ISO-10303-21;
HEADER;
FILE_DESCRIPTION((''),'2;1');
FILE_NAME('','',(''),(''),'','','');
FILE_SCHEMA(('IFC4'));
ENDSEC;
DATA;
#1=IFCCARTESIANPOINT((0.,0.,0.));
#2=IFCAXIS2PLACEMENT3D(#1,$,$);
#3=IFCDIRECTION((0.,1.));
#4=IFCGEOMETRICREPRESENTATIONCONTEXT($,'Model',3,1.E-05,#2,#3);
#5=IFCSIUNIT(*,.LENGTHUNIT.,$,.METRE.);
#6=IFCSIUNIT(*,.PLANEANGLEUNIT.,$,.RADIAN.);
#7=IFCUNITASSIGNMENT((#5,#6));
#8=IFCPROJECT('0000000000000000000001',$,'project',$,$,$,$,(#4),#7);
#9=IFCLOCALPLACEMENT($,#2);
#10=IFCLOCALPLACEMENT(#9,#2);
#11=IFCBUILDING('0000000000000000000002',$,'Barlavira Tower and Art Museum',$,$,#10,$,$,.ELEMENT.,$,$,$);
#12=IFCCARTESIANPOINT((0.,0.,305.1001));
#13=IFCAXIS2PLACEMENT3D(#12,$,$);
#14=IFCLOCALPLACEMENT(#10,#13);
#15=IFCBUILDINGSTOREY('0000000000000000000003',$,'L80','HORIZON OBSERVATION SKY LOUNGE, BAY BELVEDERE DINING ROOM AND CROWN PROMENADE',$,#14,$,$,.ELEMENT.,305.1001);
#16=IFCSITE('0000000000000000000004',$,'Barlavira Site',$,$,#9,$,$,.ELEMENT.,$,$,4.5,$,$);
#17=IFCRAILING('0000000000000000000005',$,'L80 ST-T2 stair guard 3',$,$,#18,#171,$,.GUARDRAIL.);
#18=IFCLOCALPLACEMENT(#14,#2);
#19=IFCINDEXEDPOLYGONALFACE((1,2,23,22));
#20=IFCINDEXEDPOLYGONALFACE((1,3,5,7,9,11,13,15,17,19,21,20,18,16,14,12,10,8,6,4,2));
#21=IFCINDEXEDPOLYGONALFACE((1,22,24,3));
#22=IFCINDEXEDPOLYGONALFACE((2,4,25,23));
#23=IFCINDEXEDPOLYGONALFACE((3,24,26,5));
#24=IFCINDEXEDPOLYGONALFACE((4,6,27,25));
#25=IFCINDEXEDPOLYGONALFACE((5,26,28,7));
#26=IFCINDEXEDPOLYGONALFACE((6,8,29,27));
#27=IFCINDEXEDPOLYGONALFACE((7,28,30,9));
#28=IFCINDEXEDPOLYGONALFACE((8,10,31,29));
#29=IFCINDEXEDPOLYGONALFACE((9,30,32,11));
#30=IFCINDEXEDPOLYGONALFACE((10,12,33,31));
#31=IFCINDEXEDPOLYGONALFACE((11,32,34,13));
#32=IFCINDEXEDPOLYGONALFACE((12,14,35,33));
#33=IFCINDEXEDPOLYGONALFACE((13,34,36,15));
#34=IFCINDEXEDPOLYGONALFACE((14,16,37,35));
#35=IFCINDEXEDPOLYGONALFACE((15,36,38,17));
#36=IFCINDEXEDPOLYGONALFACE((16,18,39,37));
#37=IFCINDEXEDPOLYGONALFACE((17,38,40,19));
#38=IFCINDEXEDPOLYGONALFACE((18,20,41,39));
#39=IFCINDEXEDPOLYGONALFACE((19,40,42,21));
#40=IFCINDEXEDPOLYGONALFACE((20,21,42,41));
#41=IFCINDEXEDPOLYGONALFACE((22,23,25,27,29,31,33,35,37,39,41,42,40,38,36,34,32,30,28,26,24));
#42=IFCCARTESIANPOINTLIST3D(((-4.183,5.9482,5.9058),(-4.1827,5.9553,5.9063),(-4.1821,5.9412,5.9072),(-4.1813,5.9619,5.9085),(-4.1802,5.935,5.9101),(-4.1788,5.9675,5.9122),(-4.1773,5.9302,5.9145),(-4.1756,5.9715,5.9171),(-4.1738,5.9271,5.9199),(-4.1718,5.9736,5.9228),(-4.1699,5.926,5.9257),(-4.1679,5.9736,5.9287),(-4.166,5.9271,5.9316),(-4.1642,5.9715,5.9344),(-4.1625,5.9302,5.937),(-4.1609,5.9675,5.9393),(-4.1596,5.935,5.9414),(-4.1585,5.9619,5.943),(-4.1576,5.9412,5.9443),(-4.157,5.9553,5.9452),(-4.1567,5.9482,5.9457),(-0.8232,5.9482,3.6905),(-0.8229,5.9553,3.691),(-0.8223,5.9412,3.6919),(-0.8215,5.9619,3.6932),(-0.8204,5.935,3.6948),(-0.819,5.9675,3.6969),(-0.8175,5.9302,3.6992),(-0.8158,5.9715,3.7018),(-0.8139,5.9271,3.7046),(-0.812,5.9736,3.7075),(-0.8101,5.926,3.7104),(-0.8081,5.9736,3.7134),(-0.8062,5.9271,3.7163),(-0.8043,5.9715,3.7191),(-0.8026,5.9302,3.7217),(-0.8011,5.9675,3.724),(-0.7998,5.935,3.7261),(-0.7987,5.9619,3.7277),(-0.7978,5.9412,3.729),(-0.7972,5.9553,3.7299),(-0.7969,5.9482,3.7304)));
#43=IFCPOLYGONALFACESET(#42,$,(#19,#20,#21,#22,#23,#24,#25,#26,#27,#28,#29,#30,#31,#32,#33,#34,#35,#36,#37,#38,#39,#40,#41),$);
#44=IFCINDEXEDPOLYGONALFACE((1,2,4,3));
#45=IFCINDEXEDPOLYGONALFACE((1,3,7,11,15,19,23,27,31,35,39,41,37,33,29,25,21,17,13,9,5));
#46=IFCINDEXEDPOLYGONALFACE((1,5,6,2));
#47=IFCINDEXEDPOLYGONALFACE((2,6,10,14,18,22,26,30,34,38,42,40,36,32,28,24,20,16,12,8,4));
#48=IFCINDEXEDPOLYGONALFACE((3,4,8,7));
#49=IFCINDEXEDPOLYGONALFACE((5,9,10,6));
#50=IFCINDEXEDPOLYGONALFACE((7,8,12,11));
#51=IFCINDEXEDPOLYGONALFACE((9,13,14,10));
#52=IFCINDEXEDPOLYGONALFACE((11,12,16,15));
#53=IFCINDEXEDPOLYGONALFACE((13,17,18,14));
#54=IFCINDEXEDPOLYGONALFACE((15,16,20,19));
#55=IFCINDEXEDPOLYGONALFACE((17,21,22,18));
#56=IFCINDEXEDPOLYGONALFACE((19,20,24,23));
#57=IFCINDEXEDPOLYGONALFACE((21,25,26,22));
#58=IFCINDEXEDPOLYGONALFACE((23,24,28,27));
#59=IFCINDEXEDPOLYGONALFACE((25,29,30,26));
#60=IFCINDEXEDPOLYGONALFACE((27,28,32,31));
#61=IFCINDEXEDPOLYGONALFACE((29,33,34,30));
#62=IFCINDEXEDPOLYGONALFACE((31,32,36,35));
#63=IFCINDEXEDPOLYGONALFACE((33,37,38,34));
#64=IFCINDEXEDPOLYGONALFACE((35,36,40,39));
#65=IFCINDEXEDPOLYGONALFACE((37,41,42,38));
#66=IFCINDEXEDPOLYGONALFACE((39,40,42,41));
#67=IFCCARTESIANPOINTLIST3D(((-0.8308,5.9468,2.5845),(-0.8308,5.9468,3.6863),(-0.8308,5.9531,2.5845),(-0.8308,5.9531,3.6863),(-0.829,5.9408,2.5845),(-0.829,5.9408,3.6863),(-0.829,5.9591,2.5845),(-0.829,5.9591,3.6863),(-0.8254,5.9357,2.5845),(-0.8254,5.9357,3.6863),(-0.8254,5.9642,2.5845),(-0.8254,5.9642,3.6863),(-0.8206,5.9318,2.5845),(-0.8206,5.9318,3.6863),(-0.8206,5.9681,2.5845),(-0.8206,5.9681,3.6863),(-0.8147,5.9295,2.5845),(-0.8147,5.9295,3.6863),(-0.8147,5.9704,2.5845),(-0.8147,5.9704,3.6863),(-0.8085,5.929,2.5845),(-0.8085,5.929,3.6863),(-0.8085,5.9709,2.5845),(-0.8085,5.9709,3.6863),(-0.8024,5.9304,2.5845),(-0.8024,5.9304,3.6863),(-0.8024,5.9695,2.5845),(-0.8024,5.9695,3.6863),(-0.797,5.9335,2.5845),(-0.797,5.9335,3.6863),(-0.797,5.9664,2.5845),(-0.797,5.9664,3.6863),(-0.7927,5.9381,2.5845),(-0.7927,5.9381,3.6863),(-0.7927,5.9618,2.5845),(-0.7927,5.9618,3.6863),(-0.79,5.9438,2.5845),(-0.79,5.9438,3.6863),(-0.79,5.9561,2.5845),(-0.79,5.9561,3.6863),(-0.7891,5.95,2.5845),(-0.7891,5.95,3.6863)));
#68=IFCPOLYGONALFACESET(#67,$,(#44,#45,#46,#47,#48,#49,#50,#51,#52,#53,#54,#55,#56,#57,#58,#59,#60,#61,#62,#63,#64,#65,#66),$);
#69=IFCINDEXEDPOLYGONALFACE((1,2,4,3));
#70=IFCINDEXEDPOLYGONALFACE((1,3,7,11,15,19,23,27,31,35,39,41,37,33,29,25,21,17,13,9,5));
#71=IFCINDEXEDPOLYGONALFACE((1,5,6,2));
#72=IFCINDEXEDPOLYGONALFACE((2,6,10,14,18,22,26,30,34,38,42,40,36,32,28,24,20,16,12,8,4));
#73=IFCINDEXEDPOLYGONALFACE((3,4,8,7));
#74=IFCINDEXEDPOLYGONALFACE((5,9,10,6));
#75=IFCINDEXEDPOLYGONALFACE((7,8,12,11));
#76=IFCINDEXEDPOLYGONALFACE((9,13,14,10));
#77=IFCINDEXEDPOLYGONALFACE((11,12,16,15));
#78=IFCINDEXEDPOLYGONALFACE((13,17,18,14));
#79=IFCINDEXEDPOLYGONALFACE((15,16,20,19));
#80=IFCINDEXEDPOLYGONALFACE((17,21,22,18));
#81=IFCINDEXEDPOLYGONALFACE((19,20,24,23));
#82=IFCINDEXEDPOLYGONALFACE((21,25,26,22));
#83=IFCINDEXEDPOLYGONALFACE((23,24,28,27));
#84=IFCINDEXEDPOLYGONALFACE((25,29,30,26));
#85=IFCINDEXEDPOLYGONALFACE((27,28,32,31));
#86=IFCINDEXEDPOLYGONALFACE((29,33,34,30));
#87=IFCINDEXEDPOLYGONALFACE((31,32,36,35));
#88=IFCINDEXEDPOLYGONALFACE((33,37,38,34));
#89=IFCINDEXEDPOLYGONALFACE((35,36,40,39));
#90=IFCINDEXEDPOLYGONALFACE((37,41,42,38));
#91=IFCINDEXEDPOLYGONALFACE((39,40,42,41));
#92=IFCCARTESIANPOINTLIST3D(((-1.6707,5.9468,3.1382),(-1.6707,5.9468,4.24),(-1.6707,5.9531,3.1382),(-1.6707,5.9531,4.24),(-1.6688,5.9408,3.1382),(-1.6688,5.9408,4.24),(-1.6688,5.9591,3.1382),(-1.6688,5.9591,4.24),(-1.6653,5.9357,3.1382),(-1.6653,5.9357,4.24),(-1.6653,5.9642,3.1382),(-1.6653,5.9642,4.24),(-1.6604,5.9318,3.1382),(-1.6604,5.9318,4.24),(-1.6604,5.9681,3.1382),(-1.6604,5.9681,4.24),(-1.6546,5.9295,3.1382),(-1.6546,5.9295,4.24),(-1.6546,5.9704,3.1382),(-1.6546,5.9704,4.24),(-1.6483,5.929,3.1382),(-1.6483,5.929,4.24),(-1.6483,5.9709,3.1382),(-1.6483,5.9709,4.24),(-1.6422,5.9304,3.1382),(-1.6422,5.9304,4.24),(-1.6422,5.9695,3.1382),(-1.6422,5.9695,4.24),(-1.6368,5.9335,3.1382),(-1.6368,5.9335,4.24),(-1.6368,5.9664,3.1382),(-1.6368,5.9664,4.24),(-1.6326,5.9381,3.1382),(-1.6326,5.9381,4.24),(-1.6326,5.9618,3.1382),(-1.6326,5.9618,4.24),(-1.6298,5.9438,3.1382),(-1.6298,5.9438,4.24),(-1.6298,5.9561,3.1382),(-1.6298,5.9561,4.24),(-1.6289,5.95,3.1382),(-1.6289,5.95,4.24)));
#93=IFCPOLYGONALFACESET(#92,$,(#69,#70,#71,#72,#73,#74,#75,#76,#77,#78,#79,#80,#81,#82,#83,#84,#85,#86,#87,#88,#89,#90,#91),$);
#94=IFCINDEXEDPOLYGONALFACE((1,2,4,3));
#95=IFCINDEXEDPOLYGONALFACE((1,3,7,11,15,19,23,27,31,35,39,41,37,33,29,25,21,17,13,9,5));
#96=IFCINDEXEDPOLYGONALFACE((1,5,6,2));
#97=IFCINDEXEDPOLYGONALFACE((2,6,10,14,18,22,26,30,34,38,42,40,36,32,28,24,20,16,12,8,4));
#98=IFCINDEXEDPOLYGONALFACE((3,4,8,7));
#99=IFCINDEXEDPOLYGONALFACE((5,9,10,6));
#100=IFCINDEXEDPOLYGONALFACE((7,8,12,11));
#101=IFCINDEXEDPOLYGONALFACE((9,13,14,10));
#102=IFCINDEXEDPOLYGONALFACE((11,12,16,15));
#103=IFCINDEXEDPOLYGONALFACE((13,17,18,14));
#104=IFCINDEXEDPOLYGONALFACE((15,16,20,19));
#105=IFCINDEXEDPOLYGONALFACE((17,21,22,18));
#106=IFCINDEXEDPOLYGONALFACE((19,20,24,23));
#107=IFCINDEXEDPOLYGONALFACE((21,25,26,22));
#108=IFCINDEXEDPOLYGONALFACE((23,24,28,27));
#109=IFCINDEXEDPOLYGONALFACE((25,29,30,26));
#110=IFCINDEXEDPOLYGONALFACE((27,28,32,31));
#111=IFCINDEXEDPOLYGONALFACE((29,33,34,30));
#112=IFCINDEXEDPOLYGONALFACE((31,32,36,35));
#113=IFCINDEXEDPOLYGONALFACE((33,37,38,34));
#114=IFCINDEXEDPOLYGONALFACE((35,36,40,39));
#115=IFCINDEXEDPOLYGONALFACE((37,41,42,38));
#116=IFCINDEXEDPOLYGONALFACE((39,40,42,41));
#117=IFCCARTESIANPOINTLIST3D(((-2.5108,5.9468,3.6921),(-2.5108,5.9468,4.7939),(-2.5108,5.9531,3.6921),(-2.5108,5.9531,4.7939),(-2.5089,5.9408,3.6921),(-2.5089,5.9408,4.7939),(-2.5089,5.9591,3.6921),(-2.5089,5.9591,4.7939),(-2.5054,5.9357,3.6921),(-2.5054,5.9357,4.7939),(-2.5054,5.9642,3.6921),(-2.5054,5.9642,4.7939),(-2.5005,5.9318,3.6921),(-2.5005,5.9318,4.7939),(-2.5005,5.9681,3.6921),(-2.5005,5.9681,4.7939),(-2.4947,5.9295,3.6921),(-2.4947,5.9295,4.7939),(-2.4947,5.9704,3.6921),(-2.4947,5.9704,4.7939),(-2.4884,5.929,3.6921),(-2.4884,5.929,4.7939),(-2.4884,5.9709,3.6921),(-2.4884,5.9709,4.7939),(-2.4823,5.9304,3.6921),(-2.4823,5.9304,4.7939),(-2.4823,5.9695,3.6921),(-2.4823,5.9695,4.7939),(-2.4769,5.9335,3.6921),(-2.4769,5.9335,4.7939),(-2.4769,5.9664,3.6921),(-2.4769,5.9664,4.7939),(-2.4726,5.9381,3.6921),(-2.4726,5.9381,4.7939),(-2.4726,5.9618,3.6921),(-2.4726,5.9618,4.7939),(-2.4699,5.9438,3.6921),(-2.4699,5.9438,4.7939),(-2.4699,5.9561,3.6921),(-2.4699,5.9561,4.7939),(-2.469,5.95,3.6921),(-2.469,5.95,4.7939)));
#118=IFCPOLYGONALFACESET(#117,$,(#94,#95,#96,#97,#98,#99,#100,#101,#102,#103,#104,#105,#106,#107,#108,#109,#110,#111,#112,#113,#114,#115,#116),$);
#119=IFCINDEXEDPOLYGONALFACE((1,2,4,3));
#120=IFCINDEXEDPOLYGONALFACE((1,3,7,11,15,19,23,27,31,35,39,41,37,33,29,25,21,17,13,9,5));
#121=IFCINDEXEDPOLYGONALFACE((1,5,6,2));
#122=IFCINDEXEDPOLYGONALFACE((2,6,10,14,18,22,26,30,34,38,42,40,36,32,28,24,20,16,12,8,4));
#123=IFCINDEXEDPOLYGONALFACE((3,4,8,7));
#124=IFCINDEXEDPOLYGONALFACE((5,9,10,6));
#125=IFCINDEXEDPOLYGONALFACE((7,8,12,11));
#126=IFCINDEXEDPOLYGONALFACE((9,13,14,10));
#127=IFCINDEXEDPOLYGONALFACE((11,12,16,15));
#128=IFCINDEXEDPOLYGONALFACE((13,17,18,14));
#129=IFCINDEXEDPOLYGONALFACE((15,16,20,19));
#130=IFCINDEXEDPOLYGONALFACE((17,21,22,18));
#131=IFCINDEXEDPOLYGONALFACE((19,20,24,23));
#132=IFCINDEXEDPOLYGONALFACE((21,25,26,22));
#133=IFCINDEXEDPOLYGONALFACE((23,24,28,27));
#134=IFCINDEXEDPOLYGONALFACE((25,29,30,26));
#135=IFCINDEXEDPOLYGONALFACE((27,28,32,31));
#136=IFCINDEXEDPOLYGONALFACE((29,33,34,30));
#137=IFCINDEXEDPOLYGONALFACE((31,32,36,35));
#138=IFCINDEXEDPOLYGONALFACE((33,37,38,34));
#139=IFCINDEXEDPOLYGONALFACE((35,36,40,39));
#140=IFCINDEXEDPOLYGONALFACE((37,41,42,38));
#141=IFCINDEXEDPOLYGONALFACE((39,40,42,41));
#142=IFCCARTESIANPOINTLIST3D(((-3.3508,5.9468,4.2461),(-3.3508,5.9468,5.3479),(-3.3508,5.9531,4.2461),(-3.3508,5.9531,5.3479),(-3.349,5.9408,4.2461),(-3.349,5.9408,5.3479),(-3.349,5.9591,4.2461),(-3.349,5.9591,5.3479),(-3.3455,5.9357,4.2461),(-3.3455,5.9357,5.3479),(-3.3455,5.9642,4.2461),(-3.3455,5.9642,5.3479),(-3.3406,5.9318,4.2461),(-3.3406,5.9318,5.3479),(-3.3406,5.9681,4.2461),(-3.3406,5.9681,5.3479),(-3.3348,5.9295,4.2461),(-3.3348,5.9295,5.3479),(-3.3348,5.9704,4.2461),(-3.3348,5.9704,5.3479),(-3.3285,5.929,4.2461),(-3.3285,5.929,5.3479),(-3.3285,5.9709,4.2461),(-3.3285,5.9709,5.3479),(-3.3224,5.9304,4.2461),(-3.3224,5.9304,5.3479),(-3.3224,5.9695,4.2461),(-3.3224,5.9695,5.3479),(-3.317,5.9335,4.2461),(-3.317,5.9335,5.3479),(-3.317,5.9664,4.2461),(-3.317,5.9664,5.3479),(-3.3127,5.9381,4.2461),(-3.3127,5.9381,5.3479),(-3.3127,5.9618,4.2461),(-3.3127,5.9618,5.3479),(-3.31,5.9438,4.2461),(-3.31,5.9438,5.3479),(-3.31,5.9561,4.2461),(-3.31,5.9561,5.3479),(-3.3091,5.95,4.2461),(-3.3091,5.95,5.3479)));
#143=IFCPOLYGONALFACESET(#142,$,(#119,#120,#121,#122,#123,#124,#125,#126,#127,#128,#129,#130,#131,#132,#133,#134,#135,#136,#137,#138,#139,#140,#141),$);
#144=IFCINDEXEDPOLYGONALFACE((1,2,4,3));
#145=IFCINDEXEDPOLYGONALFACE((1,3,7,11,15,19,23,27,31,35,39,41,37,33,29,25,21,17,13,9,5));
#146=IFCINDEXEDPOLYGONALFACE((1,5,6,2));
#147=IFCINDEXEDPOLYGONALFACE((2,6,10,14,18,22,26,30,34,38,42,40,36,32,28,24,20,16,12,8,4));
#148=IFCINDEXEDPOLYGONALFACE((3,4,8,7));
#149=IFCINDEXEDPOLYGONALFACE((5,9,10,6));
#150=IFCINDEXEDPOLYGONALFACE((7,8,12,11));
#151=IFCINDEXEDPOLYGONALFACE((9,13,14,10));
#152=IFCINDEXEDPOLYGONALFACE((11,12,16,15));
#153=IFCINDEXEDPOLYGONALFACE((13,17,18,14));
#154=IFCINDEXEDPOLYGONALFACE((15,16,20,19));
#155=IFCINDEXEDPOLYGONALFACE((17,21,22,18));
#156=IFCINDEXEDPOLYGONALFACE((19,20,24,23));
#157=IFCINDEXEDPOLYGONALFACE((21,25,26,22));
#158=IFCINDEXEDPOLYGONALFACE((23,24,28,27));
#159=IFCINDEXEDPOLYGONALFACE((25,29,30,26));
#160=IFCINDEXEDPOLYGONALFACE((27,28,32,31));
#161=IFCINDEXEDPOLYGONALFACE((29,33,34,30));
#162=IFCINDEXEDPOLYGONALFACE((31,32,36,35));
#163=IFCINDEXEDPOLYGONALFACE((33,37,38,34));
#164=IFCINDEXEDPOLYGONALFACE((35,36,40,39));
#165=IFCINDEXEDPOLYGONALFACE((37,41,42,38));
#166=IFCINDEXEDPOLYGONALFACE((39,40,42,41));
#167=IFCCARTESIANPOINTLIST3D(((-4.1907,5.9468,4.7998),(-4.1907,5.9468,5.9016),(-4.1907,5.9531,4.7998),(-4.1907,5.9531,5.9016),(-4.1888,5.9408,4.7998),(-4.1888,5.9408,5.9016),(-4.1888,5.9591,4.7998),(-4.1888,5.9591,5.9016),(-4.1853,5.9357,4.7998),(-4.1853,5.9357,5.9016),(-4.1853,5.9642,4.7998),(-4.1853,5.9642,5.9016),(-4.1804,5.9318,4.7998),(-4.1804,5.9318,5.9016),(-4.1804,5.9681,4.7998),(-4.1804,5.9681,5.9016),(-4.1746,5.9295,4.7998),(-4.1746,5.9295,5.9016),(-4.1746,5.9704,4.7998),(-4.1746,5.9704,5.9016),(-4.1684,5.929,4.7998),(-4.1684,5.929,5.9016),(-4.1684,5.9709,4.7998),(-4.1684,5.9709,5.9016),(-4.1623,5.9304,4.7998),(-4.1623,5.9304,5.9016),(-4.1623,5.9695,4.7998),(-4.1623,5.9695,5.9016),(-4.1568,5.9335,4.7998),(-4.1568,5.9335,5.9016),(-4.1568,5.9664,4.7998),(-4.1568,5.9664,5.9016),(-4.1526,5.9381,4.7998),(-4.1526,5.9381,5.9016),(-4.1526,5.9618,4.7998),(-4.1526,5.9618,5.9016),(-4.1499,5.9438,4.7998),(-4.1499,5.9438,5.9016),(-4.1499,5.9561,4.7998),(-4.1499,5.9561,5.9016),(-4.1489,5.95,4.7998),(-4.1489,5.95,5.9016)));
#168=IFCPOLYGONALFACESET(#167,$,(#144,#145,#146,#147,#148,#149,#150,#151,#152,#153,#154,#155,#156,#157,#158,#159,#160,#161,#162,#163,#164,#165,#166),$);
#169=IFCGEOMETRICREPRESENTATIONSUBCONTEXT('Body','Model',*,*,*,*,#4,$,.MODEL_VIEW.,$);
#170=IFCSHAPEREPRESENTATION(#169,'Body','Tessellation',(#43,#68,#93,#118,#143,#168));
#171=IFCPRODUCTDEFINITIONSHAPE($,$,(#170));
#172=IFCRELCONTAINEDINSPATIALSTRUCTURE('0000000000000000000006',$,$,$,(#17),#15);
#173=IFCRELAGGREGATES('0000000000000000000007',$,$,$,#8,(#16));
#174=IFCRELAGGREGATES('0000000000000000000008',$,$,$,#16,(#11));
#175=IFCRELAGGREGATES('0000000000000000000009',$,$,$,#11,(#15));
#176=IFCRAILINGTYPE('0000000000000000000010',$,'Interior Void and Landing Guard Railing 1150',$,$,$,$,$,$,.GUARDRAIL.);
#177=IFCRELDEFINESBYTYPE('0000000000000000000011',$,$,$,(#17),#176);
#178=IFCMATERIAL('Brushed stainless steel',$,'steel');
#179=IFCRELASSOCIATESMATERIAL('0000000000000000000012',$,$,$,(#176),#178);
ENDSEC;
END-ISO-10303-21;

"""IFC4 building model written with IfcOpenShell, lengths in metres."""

from ifc_helpers import new_model, si_unit, direction, frame, origin, origin_2d, place, context, subcontext, project, spatial, circle, extrude, material, type_object, element, save


model = new_model("IFC4")

# Units and contexts
model_context = context("Model", 3, precision=1e-05, world=origin(), true_north=direction((0.0, 1.0)))
body_context = subcontext(model_context, "Body", "Model", "MODEL_VIEW")
ifc_project = project(units=[si_unit("LENGTHUNIT", "METRE"), si_unit("PLANEANGLEUNIT", "RADIAN")], contexts=[model_context])

# Site, building, storey
site_placement = place(None, origin())
site = spatial("IfcSite", under=ifc_project, at=site_placement, Name="Barlavira Site", CompositionType="ELEMENT", RefElevation=4.5)
building_placement = place(site_placement, origin())
building = spatial("IfcBuilding", under=site, at=building_placement, Name="Barlavira Tower and Art Museum", CompositionType="ELEMENT")
storey_placement = place(building_placement, frame((0.0, 0.0, 305.1001)))
storey = spatial("IfcBuildingStorey", under=building, at=storey_placement, Name="L80", Description="HORIZON OBSERVATION SKY LOUNGE, BAY BELVEDERE DINING ROOM AND CROWN PROMENADE", CompositionType="ELEMENT", Elevation=305.1001)

# Shared definitions
ifc_material_1 = material(Name="Brushed stainless steel", Category="steel")

# Railing
railing_type_1 = type_object("IfcRailingType", Name="Interior Void and Landing Guard Railing 1150", PredefinedType="GUARDRAIL", material=ifc_material_1)
railing_1_placement = place(storey_placement, frame((-0.8101, 5.95, 2.5845)))
element("IfcRailing", 1, at=railing_1_placement, inside=storey, type_object=railing_type_1, Name="L80 ST-T2 stair guard 3", PredefinedType="GUARDRAIL", context=body_context, shape_type="SweptSolid", body=[
    extrude(circle(Radius=0.0239, at=origin_2d()), frame((0.0, 0.0, 1.126), z_axis=(-0.834858, 0.0, 0.550465), x_axis=(0.0, -1.0, 0.0)), (0.0, 0.0, 1.0), 4.0244),
    extrude(circle(Radius=0.021, at=origin_2d()), origin(), (0.0, 0.0, 1.0), 1.1018),
    extrude(circle(Radius=0.021, at=origin_2d()), frame((-0.8398, 0.0, 0.5537)), (0.0, 0.0, 1.0), 1.1018),
    extrude(circle(Radius=0.021, at=origin_2d()), frame((-1.6799, 0.0, 1.1077)), (0.0, 0.0, 1.0), 1.1018),
    extrude(circle(Radius=0.021, at=origin_2d()), frame((-2.52, 0.0, 1.6616)), (0.0, 0.0, 1.0), 1.1018),
    extrude(circle(Radius=0.021, at=origin_2d()), frame((-3.3599, 0.0, 2.2153)), (0.0, 0.0, 1.0), 1.1018),
])

save(model, "model.ifc")
